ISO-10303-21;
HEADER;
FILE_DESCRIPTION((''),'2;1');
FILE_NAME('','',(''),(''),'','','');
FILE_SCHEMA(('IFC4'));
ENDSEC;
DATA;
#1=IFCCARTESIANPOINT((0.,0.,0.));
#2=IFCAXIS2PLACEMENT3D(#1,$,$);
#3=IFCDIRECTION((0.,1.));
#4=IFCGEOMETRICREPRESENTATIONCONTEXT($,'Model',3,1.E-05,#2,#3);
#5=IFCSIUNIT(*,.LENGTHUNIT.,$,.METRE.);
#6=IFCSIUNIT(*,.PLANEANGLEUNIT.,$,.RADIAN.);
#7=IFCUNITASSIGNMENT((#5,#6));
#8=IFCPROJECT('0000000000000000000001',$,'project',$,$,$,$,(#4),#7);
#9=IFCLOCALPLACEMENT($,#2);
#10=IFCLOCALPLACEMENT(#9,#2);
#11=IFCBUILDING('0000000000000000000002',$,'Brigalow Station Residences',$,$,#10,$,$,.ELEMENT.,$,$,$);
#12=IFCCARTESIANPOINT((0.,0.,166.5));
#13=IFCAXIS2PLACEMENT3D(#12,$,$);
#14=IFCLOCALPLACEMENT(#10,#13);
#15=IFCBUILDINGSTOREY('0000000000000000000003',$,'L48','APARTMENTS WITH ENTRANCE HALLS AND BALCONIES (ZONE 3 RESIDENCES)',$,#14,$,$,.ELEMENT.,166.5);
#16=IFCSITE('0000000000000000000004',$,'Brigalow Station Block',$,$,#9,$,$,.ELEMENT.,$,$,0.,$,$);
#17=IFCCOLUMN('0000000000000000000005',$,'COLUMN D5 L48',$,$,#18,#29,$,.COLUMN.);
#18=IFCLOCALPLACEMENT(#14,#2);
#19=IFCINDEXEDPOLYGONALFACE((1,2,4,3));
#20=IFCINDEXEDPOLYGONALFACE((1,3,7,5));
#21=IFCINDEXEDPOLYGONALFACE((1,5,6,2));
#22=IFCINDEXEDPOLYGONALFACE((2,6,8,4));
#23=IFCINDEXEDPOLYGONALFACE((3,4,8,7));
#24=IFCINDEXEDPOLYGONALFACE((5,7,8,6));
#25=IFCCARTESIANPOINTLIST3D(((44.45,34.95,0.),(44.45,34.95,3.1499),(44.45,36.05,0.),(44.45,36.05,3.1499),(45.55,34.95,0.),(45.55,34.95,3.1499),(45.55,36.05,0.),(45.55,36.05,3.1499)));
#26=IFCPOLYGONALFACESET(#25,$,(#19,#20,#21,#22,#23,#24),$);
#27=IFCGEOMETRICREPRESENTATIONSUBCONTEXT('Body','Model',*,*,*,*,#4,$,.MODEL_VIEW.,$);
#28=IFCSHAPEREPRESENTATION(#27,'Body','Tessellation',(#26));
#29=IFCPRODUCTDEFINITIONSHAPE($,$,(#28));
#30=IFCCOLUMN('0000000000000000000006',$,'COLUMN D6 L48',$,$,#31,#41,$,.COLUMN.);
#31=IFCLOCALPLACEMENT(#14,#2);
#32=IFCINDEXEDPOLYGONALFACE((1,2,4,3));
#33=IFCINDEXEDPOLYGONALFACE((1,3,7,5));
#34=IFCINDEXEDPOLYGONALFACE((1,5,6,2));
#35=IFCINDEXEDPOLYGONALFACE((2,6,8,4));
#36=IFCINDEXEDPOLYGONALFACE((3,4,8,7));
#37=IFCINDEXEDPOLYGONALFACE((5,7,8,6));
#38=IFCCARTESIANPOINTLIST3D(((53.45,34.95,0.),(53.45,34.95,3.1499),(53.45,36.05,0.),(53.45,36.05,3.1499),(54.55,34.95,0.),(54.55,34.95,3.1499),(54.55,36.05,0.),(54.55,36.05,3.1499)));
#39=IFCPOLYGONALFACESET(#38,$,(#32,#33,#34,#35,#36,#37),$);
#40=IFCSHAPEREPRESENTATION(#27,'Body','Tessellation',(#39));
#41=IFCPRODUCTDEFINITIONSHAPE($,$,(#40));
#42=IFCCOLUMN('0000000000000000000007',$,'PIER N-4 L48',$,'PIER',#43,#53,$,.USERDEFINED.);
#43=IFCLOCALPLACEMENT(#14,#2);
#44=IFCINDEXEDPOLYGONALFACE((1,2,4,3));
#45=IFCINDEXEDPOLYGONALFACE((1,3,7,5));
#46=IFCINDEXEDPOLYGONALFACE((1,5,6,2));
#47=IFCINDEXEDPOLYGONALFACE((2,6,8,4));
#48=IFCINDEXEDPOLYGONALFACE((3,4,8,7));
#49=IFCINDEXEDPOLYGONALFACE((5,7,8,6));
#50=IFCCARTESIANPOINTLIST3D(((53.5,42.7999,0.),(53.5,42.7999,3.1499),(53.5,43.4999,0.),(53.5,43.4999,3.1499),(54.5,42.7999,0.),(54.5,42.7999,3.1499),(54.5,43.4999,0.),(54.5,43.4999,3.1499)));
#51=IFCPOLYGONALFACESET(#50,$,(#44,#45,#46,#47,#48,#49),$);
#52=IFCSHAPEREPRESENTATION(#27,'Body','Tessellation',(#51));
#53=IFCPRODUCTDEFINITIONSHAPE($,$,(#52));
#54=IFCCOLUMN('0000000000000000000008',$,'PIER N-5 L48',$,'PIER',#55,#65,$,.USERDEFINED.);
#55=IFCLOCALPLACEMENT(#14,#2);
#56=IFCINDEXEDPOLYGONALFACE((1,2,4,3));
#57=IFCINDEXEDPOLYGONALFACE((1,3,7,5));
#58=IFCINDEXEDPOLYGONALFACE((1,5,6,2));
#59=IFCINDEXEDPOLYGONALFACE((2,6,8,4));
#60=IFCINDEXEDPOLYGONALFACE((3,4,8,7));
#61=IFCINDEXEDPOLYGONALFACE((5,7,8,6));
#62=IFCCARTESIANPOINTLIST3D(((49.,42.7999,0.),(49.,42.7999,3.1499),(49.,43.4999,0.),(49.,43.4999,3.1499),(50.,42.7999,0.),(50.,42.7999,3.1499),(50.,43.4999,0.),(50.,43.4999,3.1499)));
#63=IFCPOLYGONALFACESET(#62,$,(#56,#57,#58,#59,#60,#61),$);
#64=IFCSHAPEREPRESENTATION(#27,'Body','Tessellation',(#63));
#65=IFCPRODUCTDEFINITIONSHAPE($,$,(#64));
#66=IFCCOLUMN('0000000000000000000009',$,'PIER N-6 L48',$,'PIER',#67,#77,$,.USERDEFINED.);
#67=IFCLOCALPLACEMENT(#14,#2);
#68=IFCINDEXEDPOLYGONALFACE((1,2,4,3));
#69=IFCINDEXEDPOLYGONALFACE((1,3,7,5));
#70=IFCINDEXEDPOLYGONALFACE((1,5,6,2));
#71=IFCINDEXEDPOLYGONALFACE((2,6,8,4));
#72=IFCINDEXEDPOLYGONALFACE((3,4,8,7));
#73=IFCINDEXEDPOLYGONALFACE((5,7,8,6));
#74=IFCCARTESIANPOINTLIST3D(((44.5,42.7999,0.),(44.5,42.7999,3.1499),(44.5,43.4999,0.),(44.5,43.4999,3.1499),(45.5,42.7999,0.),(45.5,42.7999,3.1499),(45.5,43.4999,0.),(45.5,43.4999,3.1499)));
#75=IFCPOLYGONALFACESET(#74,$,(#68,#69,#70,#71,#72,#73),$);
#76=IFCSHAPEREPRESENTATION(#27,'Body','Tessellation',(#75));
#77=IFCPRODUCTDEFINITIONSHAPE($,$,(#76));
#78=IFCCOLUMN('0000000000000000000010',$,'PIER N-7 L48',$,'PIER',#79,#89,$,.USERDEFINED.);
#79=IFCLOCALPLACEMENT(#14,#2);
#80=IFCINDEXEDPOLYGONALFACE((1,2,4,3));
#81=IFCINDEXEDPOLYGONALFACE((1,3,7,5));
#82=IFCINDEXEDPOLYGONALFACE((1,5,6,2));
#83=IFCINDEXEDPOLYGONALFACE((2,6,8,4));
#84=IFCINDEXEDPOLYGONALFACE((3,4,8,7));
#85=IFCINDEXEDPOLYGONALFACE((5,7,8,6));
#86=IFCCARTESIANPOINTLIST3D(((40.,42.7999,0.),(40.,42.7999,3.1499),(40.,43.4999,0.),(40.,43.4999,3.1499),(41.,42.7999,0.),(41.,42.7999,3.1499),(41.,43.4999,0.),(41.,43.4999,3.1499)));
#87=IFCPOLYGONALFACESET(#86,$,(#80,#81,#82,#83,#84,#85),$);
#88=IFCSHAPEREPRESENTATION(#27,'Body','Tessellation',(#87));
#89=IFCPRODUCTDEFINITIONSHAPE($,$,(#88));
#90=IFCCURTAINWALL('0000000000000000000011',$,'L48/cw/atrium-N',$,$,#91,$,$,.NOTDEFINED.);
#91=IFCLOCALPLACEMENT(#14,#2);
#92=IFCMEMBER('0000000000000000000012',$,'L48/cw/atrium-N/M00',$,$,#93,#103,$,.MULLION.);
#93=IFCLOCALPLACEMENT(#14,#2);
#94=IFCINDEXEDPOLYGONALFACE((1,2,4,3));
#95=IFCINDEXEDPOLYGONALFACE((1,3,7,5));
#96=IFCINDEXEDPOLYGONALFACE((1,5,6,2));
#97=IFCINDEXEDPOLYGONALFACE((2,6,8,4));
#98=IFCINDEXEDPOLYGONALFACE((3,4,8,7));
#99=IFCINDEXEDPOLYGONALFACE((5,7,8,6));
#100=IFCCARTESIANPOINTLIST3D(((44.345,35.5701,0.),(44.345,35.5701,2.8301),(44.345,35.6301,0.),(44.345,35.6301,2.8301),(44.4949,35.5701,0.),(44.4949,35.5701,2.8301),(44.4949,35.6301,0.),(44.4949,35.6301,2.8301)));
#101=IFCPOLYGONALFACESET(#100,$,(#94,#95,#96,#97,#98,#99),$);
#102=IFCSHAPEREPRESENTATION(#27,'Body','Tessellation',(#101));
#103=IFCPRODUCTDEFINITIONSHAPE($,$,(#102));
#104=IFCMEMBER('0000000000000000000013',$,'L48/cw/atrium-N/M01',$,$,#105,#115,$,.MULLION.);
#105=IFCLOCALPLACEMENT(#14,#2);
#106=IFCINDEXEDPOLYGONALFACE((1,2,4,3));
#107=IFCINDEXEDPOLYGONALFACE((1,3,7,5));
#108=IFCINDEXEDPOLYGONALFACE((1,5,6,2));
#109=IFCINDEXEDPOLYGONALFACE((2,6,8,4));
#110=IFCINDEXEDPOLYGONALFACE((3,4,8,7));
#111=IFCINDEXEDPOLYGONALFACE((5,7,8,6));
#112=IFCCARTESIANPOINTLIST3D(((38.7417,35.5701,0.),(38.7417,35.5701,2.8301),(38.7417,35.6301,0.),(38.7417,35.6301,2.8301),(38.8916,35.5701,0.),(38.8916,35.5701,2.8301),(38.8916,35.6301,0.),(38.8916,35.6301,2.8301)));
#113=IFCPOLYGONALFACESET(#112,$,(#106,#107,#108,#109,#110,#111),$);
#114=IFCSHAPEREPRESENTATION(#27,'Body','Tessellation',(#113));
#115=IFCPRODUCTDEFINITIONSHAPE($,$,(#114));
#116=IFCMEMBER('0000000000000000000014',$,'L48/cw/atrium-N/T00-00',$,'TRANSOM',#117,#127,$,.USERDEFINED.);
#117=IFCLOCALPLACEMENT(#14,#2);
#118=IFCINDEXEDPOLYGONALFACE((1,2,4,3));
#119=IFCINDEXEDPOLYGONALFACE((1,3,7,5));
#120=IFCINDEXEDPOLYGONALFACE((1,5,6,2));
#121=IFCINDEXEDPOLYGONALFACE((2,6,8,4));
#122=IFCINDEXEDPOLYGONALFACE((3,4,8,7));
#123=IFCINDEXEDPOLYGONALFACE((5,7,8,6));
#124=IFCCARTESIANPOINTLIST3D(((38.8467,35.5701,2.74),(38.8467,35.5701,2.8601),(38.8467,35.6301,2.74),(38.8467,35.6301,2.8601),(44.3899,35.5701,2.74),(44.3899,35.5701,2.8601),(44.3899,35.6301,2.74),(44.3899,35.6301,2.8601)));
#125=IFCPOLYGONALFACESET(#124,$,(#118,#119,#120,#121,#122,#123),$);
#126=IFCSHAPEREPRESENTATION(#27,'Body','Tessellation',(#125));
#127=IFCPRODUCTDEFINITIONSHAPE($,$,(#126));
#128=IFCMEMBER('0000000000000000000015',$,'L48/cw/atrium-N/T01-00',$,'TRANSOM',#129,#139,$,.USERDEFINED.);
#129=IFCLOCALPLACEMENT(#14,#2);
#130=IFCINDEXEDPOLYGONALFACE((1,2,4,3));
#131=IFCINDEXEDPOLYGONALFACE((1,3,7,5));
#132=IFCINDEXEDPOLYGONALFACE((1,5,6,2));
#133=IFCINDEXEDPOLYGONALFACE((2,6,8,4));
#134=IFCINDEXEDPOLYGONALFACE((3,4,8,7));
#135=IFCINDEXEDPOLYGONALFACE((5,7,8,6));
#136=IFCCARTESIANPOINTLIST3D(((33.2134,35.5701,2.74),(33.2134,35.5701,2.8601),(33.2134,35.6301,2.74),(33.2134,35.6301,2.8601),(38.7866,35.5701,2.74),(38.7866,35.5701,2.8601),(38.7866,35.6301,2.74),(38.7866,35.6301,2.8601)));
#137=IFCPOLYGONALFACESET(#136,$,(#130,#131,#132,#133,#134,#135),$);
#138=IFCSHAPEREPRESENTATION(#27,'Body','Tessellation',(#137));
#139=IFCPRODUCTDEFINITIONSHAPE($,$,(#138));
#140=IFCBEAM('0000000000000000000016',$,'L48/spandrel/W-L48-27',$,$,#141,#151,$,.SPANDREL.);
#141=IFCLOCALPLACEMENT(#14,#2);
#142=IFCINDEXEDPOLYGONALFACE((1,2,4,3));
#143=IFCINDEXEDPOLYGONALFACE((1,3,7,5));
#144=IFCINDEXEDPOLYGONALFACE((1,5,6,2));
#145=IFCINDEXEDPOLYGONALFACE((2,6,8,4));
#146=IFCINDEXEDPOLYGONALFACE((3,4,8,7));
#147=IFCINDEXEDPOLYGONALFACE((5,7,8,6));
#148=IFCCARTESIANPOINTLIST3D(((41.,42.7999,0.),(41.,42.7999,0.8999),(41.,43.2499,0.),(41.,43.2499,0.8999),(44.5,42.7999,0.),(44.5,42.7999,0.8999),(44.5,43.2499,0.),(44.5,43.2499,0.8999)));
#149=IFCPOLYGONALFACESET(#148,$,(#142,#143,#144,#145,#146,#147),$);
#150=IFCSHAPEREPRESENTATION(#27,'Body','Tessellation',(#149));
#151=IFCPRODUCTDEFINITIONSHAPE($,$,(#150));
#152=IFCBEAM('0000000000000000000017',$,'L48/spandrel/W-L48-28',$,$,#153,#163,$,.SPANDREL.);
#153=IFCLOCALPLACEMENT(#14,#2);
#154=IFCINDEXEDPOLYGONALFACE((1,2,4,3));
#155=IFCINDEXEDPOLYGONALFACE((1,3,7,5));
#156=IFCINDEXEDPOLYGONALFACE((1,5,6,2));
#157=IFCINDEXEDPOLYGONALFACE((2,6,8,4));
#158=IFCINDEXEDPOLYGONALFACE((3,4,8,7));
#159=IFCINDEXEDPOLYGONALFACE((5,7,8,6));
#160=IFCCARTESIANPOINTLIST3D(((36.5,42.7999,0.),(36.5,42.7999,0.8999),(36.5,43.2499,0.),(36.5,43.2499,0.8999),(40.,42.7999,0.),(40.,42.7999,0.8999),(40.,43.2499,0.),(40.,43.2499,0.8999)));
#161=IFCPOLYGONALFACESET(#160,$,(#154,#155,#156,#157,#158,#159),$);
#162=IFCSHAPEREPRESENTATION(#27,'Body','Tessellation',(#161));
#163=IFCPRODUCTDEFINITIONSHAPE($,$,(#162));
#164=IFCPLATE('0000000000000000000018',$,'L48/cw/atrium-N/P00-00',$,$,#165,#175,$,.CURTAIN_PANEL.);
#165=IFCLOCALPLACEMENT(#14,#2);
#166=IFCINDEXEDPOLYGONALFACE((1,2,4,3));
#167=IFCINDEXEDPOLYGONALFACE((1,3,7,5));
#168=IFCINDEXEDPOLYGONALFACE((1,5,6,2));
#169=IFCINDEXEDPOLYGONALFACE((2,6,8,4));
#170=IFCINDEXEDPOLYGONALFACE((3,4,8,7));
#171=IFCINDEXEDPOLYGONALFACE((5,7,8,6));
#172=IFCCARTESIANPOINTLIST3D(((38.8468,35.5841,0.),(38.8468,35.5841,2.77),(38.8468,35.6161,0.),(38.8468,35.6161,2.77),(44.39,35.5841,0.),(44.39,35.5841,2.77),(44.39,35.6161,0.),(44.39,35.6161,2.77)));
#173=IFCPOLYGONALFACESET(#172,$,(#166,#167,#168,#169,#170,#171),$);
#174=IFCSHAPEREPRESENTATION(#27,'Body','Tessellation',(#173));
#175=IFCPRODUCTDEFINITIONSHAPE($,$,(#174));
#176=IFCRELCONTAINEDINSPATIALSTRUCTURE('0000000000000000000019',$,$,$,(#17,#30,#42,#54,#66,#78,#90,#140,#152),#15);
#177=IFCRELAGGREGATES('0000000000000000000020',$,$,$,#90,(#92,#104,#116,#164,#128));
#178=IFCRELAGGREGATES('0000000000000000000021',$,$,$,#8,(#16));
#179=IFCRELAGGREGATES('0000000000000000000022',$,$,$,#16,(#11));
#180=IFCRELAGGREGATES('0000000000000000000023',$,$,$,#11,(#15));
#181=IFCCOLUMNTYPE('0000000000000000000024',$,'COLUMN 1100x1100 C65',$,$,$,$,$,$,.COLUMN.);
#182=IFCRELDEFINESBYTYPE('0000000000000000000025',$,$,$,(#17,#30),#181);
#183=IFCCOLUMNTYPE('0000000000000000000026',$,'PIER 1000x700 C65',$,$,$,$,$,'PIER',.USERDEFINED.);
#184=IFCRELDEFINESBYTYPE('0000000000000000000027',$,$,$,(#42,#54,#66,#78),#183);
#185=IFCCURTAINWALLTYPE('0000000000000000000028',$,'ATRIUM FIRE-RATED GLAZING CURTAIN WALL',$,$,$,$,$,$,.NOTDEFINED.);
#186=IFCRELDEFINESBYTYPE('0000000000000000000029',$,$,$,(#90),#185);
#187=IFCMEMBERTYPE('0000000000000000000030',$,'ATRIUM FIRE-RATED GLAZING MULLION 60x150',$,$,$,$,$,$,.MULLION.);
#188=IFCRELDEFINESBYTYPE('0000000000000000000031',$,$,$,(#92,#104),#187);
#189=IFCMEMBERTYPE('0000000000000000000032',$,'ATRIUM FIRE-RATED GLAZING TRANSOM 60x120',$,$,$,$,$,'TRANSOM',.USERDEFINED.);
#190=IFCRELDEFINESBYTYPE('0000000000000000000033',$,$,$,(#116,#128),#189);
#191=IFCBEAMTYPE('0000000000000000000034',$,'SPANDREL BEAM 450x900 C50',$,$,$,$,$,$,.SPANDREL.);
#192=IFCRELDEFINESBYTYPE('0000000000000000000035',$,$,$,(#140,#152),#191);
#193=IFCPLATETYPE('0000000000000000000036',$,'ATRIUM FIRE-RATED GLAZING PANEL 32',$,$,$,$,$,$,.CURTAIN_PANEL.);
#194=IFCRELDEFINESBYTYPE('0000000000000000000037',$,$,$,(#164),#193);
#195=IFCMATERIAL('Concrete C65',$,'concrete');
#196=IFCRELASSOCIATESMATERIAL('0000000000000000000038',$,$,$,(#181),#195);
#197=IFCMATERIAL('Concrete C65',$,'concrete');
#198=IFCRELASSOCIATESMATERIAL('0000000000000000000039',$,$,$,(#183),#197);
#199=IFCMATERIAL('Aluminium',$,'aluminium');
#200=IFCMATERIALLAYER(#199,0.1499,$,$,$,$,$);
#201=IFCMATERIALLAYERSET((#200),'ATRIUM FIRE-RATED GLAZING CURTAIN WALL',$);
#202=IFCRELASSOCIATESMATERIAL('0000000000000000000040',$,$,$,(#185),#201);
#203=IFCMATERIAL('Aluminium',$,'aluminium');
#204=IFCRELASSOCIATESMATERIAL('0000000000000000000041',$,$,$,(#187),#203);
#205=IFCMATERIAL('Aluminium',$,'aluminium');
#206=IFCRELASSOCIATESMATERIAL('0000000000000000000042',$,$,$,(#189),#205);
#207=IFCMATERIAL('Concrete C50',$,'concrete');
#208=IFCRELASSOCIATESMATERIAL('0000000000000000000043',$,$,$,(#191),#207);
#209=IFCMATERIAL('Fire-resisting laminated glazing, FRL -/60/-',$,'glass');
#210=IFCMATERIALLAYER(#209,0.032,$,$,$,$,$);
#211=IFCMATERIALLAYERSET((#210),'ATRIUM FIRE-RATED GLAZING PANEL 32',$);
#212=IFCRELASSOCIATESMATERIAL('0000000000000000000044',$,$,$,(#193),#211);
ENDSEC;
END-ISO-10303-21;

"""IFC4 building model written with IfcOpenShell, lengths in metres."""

from ifc_helpers import new_model, si_unit, direction, frame, origin, origin_2d, place, context, subcontext, project, spatial, rectangle, extrude, material, layer, layer_set, material_profile, profile_set, type_object, element, aggregate, save


model = new_model("IFC4")

# Units and contexts
model_context = context("Model", 3, precision=1e-05, world=origin(), true_north=direction((0.0, 1.0)))
body_context = subcontext(model_context, "Body", "Model", "MODEL_VIEW")
ifc_project = project(units=[si_unit("LENGTHUNIT", "METRE"), si_unit("PLANEANGLEUNIT", "RADIAN")], contexts=[model_context])

# Site, building, storey
site_placement = place(None, origin())
site = spatial("IfcSite", under=ifc_project, at=site_placement, Name="Brigalow Station Block", CompositionType="ELEMENT", RefElevation=0.0)
building_placement = place(site_placement, origin())
building = spatial("IfcBuilding", under=site, at=building_placement, Name="Brigalow Station Residences", CompositionType="ELEMENT")
storey_placement = place(building_placement, frame((0.0, 0.0, 166.5)))
storey = spatial("IfcBuildingStorey", under=building, at=storey_placement, Name="L48", Description="APARTMENTS WITH ENTRANCE HALLS AND BALCONIES (ZONE 3 RESIDENCES)", CompositionType="ELEMENT", Elevation=166.5)

# Columns
ifc_material_1 = material(Name="Concrete C65", Category="concrete")
ifc_material_profile_1 = material_profile(ifc_material_1, rectangle(XDim=1.1001, YDim=1.1001, at=origin_2d()), Name="RC1100x1100")
ifc_profile_set_1 = profile_set([ifc_material_profile_1], Name="Concrete C65")
column_type_1 = type_object("IfcColumnType", Name="COLUMN 1100x1100 C65", PredefinedType="COLUMN", material=ifc_profile_set_1)
for number, where, z_axis, x_axis, name in (
    (1, (45.0, 35.5, 0.0), (0.0, 0.0, 1.0), (1.0, 0.0, 0.0), "COLUMN D5 L48"),
    (2, (54.0, 35.5, 0.0), (0.0, 0.0, 1.0), (1.0, 0.0, 0.0), "COLUMN D6 L48"),
):
    element("IfcColumn", number, at=place(storey_placement, frame(where, z_axis=z_axis, x_axis=x_axis)), inside=storey, type_object=column_type_1, Name=name, PredefinedType="COLUMN", context=body_context, shape_type="SweptSolid", body=[
        extrude(rectangle(XDim=1.1001, YDim=1.1001, at=origin_2d()), origin(), (0.0, 0.0, 1.0), 3.1499),
    ])
ifc_material_2 = material(Name="Concrete C65", Category="concrete")
ifc_material_profile_2 = material_profile(ifc_material_2, rectangle(XDim=1.0, YDim=0.7, at=origin_2d()), Name="RC1000x700")
ifc_profile_set_2 = profile_set([ifc_material_profile_2], Name="Concrete C65")
column_type_2 = type_object("IfcColumnType", Name="PIER 1000x700 C65", ElementType="PIER", PredefinedType="USERDEFINED", material=ifc_profile_set_2)
for number, where, z_axis, x_axis, name in (
    (3, (54.0, 43.1499, 0.0), (0.0, 0.0, 1.0), (-1.0, 0.0, 0.0), "PIER N-4 L48"),
    (4, (49.5, 43.1499, 0.0), (0.0, 0.0, 1.0), (-1.0, 0.0, 0.0), "PIER N-5 L48"),
    (5, (45.0, 43.1499, 0.0), (0.0, 0.0, 1.0), (-1.0, 0.0, 0.0), "PIER N-6 L48"),
    (6, (40.5, 43.1499, 0.0), (0.0, 0.0, 1.0), (-1.0, 0.0, 0.0), "PIER N-7 L48"),
):
    element("IfcColumn", number, at=place(storey_placement, frame(where, z_axis=z_axis, x_axis=x_axis)), inside=storey, type_object=column_type_2, Name=name, ObjectType="PIER", PredefinedType="USERDEFINED", context=body_context, shape_type="SweptSolid", body=[
        extrude(rectangle(XDim=1.0, YDim=0.7, at=origin_2d()), origin(), (0.0, 0.0, 1.0), 3.1499),
    ])

# Curtain wall, members
ifc_material_3 = material(Name="Aluminium", Category="aluminium")
ifc_layer_1 = layer(ifc_material_3, 0.1499)
ifc_layer_set_1 = layer_set([ifc_layer_1], Name="ATRIUM FIRE-RATED GLAZING CURTAIN WALL")
curtain_wall_type = type_object("IfcCurtainWallType", Name="ATRIUM FIRE-RATED GLAZING CURTAIN WALL", PredefinedType="NOTDEFINED", material=ifc_layer_set_1)
curtain_wall_placement = place(storey_placement, origin())
curtain_wall = element("IfcCurtainWall", 7, at=curtain_wall_placement, inside=storey, type_object=curtain_wall_type, Name="L48/cw/atrium-N", PredefinedType="NOTDEFINED")
ifc_material_4 = material(Name="Aluminium", Category="aluminium")
ifc_material_profile_3 = material_profile(ifc_material_4, rectangle(XDim=0.0601, YDim=0.1499, at=origin_2d()), Name="ATRIUM FIRE-RATED GLAZING MULLION 60x150")
ifc_profile_set_3 = profile_set([ifc_material_profile_3], Name="Aluminium")
member_type_1 = type_object("IfcMemberType", Name="ATRIUM FIRE-RATED GLAZING MULLION 60x150", PredefinedType="MULLION", material=ifc_profile_set_3)
member_1_placement = place(storey_placement, frame((44.4199, 35.6001, 0.0), z_axis=(0.0, 0.0, 1.0), x_axis=(0.0, -1.0, 0.0)))
member_1 = element("IfcMember", 8, at=member_1_placement, type_object=member_type_1, Name="L48/cw/atrium-N/M00", PredefinedType="MULLION", context=body_context, shape_type="SweptSolid", body=[
    extrude(rectangle(XDim=0.0601, YDim=0.1499, at=origin_2d()), origin(), (0.0, 0.0, 1.0), 2.8301),
])
member_2_placement = place(storey_placement, frame((38.8167, 35.6001, 0.0), z_axis=(0.0, 0.0, 1.0), x_axis=(0.0, -1.0, 0.0)))
member_2 = element("IfcMember", 9, at=member_2_placement, type_object=member_type_1, Name="L48/cw/atrium-N/M01", PredefinedType="MULLION", context=body_context, shape_type="SweptSolid", body=[
    extrude(rectangle(XDim=0.0601, YDim=0.1499, at=origin_2d()), origin(), (0.0, 0.0, 1.0), 2.8301),
])
ifc_material_5 = material(Name="Aluminium", Category="aluminium")
ifc_material_profile_4 = material_profile(ifc_material_5, rectangle(XDim=0.0601, YDim=0.1201, at=origin_2d()), Name="ATRIUM FIRE-RATED GLAZING TRANSOM 60x120")
ifc_profile_set_4 = profile_set([ifc_material_profile_4], Name="Aluminium")
member_type_2 = type_object("IfcMemberType", Name="ATRIUM FIRE-RATED GLAZING TRANSOM 60x120", ElementType="TRANSOM", PredefinedType="USERDEFINED", material=ifc_profile_set_4)
member_3_placement = place(storey_placement, frame((44.3899, 35.6001, 2.8), z_axis=(-1.0, 0.0, 0.0), x_axis=(0.0, -1.0, 0.0)))
member_3 = element("IfcMember", 10, at=member_3_placement, type_object=member_type_2, Name="L48/cw/atrium-N/T00-00", ObjectType="TRANSOM", PredefinedType="USERDEFINED", context=body_context, shape_type="SweptSolid", body=[
    extrude(rectangle(XDim=0.0601, YDim=0.1201, at=origin_2d()), origin(), (0.0, 0.0, 1.0), 5.5432),
])
member_4_placement = place(storey_placement, frame((38.7866, 35.6001, 2.8), z_axis=(-1.0, 0.0, 0.0), x_axis=(0.0, -1.0, 0.0)))
member_4 = element("IfcMember", 11, at=member_4_placement, type_object=member_type_2, Name="L48/cw/atrium-N/T01-00", ObjectType="TRANSOM", PredefinedType="USERDEFINED", context=body_context, shape_type="SweptSolid", body=[
    extrude(rectangle(XDim=0.0601, YDim=0.1201, at=origin_2d()), origin(), (0.0, 0.0, 1.0), 5.5732),
])

# Beams
ifc_material_6 = material(Name="Concrete C50", Category="concrete")
ifc_material_profile_5 = material_profile(ifc_material_6, rectangle(XDim=0.45, YDim=0.8999, at=origin_2d()), Name="RC450x900")
ifc_profile_set_5 = profile_set([ifc_material_profile_5], Name="Concrete C50")
beam_type = type_object("IfcBeamType", Name="SPANDREL BEAM 450x900 C50", PredefinedType="SPANDREL", material=ifc_profile_set_5)
for number, where, z_axis, x_axis, name in (
    (12, (44.5, 43.0249, 0.45), (-1.0, 0.0, 0.0), (0.0, -1.0, 0.0), "L48/spandrel/W-L48-27"),
    (13, (40.0, 43.0249, 0.45), (-1.0, 0.0, 0.0), (0.0, -1.0, 0.0), "L48/spandrel/W-L48-28"),
):
    element("IfcBeam", number, at=place(storey_placement, frame(where, z_axis=z_axis, x_axis=x_axis)), inside=storey, type_object=beam_type, Name=name, PredefinedType="SPANDREL", context=body_context, shape_type="SweptSolid", body=[
        extrude(rectangle(XDim=0.45, YDim=0.8999, at=origin_2d()), origin(), (0.0, 0.0, 1.0), 3.5),
    ])

# Plate
ifc_material_7 = material(Name="Fire-resisting laminated glazing, FRL -/60/-", Category="glass")
ifc_layer_2 = layer(ifc_material_7, 0.032)
ifc_layer_set_2 = layer_set([ifc_layer_2], Name="ATRIUM FIRE-RATED GLAZING PANEL 32")
plate_type = type_object("IfcPlateType", Name="ATRIUM FIRE-RATED GLAZING PANEL 32", PredefinedType="CURTAIN_PANEL", material=ifc_layer_set_2)
plate_placement = place(storey_placement, frame((41.6184, 35.6001, 0.0), z_axis=(0.0, 0.0, 1.0), x_axis=(-1.0, 0.0, 0.0)))
plate = element("IfcPlate", 14, at=plate_placement, type_object=plate_type, Name="L48/cw/atrium-N/P00-00", PredefinedType="CURTAIN_PANEL", context=body_context, shape_type="SweptSolid", body=[
    extrude(rectangle(XDim=5.5432, YDim=0.032, at=origin_2d()), origin(), (0.0, 0.0, 1.0), 2.77),
])
aggregate(curtain_wall, [member_1, member_2, member_3, plate, member_4])

save(model, "model.ifc")
